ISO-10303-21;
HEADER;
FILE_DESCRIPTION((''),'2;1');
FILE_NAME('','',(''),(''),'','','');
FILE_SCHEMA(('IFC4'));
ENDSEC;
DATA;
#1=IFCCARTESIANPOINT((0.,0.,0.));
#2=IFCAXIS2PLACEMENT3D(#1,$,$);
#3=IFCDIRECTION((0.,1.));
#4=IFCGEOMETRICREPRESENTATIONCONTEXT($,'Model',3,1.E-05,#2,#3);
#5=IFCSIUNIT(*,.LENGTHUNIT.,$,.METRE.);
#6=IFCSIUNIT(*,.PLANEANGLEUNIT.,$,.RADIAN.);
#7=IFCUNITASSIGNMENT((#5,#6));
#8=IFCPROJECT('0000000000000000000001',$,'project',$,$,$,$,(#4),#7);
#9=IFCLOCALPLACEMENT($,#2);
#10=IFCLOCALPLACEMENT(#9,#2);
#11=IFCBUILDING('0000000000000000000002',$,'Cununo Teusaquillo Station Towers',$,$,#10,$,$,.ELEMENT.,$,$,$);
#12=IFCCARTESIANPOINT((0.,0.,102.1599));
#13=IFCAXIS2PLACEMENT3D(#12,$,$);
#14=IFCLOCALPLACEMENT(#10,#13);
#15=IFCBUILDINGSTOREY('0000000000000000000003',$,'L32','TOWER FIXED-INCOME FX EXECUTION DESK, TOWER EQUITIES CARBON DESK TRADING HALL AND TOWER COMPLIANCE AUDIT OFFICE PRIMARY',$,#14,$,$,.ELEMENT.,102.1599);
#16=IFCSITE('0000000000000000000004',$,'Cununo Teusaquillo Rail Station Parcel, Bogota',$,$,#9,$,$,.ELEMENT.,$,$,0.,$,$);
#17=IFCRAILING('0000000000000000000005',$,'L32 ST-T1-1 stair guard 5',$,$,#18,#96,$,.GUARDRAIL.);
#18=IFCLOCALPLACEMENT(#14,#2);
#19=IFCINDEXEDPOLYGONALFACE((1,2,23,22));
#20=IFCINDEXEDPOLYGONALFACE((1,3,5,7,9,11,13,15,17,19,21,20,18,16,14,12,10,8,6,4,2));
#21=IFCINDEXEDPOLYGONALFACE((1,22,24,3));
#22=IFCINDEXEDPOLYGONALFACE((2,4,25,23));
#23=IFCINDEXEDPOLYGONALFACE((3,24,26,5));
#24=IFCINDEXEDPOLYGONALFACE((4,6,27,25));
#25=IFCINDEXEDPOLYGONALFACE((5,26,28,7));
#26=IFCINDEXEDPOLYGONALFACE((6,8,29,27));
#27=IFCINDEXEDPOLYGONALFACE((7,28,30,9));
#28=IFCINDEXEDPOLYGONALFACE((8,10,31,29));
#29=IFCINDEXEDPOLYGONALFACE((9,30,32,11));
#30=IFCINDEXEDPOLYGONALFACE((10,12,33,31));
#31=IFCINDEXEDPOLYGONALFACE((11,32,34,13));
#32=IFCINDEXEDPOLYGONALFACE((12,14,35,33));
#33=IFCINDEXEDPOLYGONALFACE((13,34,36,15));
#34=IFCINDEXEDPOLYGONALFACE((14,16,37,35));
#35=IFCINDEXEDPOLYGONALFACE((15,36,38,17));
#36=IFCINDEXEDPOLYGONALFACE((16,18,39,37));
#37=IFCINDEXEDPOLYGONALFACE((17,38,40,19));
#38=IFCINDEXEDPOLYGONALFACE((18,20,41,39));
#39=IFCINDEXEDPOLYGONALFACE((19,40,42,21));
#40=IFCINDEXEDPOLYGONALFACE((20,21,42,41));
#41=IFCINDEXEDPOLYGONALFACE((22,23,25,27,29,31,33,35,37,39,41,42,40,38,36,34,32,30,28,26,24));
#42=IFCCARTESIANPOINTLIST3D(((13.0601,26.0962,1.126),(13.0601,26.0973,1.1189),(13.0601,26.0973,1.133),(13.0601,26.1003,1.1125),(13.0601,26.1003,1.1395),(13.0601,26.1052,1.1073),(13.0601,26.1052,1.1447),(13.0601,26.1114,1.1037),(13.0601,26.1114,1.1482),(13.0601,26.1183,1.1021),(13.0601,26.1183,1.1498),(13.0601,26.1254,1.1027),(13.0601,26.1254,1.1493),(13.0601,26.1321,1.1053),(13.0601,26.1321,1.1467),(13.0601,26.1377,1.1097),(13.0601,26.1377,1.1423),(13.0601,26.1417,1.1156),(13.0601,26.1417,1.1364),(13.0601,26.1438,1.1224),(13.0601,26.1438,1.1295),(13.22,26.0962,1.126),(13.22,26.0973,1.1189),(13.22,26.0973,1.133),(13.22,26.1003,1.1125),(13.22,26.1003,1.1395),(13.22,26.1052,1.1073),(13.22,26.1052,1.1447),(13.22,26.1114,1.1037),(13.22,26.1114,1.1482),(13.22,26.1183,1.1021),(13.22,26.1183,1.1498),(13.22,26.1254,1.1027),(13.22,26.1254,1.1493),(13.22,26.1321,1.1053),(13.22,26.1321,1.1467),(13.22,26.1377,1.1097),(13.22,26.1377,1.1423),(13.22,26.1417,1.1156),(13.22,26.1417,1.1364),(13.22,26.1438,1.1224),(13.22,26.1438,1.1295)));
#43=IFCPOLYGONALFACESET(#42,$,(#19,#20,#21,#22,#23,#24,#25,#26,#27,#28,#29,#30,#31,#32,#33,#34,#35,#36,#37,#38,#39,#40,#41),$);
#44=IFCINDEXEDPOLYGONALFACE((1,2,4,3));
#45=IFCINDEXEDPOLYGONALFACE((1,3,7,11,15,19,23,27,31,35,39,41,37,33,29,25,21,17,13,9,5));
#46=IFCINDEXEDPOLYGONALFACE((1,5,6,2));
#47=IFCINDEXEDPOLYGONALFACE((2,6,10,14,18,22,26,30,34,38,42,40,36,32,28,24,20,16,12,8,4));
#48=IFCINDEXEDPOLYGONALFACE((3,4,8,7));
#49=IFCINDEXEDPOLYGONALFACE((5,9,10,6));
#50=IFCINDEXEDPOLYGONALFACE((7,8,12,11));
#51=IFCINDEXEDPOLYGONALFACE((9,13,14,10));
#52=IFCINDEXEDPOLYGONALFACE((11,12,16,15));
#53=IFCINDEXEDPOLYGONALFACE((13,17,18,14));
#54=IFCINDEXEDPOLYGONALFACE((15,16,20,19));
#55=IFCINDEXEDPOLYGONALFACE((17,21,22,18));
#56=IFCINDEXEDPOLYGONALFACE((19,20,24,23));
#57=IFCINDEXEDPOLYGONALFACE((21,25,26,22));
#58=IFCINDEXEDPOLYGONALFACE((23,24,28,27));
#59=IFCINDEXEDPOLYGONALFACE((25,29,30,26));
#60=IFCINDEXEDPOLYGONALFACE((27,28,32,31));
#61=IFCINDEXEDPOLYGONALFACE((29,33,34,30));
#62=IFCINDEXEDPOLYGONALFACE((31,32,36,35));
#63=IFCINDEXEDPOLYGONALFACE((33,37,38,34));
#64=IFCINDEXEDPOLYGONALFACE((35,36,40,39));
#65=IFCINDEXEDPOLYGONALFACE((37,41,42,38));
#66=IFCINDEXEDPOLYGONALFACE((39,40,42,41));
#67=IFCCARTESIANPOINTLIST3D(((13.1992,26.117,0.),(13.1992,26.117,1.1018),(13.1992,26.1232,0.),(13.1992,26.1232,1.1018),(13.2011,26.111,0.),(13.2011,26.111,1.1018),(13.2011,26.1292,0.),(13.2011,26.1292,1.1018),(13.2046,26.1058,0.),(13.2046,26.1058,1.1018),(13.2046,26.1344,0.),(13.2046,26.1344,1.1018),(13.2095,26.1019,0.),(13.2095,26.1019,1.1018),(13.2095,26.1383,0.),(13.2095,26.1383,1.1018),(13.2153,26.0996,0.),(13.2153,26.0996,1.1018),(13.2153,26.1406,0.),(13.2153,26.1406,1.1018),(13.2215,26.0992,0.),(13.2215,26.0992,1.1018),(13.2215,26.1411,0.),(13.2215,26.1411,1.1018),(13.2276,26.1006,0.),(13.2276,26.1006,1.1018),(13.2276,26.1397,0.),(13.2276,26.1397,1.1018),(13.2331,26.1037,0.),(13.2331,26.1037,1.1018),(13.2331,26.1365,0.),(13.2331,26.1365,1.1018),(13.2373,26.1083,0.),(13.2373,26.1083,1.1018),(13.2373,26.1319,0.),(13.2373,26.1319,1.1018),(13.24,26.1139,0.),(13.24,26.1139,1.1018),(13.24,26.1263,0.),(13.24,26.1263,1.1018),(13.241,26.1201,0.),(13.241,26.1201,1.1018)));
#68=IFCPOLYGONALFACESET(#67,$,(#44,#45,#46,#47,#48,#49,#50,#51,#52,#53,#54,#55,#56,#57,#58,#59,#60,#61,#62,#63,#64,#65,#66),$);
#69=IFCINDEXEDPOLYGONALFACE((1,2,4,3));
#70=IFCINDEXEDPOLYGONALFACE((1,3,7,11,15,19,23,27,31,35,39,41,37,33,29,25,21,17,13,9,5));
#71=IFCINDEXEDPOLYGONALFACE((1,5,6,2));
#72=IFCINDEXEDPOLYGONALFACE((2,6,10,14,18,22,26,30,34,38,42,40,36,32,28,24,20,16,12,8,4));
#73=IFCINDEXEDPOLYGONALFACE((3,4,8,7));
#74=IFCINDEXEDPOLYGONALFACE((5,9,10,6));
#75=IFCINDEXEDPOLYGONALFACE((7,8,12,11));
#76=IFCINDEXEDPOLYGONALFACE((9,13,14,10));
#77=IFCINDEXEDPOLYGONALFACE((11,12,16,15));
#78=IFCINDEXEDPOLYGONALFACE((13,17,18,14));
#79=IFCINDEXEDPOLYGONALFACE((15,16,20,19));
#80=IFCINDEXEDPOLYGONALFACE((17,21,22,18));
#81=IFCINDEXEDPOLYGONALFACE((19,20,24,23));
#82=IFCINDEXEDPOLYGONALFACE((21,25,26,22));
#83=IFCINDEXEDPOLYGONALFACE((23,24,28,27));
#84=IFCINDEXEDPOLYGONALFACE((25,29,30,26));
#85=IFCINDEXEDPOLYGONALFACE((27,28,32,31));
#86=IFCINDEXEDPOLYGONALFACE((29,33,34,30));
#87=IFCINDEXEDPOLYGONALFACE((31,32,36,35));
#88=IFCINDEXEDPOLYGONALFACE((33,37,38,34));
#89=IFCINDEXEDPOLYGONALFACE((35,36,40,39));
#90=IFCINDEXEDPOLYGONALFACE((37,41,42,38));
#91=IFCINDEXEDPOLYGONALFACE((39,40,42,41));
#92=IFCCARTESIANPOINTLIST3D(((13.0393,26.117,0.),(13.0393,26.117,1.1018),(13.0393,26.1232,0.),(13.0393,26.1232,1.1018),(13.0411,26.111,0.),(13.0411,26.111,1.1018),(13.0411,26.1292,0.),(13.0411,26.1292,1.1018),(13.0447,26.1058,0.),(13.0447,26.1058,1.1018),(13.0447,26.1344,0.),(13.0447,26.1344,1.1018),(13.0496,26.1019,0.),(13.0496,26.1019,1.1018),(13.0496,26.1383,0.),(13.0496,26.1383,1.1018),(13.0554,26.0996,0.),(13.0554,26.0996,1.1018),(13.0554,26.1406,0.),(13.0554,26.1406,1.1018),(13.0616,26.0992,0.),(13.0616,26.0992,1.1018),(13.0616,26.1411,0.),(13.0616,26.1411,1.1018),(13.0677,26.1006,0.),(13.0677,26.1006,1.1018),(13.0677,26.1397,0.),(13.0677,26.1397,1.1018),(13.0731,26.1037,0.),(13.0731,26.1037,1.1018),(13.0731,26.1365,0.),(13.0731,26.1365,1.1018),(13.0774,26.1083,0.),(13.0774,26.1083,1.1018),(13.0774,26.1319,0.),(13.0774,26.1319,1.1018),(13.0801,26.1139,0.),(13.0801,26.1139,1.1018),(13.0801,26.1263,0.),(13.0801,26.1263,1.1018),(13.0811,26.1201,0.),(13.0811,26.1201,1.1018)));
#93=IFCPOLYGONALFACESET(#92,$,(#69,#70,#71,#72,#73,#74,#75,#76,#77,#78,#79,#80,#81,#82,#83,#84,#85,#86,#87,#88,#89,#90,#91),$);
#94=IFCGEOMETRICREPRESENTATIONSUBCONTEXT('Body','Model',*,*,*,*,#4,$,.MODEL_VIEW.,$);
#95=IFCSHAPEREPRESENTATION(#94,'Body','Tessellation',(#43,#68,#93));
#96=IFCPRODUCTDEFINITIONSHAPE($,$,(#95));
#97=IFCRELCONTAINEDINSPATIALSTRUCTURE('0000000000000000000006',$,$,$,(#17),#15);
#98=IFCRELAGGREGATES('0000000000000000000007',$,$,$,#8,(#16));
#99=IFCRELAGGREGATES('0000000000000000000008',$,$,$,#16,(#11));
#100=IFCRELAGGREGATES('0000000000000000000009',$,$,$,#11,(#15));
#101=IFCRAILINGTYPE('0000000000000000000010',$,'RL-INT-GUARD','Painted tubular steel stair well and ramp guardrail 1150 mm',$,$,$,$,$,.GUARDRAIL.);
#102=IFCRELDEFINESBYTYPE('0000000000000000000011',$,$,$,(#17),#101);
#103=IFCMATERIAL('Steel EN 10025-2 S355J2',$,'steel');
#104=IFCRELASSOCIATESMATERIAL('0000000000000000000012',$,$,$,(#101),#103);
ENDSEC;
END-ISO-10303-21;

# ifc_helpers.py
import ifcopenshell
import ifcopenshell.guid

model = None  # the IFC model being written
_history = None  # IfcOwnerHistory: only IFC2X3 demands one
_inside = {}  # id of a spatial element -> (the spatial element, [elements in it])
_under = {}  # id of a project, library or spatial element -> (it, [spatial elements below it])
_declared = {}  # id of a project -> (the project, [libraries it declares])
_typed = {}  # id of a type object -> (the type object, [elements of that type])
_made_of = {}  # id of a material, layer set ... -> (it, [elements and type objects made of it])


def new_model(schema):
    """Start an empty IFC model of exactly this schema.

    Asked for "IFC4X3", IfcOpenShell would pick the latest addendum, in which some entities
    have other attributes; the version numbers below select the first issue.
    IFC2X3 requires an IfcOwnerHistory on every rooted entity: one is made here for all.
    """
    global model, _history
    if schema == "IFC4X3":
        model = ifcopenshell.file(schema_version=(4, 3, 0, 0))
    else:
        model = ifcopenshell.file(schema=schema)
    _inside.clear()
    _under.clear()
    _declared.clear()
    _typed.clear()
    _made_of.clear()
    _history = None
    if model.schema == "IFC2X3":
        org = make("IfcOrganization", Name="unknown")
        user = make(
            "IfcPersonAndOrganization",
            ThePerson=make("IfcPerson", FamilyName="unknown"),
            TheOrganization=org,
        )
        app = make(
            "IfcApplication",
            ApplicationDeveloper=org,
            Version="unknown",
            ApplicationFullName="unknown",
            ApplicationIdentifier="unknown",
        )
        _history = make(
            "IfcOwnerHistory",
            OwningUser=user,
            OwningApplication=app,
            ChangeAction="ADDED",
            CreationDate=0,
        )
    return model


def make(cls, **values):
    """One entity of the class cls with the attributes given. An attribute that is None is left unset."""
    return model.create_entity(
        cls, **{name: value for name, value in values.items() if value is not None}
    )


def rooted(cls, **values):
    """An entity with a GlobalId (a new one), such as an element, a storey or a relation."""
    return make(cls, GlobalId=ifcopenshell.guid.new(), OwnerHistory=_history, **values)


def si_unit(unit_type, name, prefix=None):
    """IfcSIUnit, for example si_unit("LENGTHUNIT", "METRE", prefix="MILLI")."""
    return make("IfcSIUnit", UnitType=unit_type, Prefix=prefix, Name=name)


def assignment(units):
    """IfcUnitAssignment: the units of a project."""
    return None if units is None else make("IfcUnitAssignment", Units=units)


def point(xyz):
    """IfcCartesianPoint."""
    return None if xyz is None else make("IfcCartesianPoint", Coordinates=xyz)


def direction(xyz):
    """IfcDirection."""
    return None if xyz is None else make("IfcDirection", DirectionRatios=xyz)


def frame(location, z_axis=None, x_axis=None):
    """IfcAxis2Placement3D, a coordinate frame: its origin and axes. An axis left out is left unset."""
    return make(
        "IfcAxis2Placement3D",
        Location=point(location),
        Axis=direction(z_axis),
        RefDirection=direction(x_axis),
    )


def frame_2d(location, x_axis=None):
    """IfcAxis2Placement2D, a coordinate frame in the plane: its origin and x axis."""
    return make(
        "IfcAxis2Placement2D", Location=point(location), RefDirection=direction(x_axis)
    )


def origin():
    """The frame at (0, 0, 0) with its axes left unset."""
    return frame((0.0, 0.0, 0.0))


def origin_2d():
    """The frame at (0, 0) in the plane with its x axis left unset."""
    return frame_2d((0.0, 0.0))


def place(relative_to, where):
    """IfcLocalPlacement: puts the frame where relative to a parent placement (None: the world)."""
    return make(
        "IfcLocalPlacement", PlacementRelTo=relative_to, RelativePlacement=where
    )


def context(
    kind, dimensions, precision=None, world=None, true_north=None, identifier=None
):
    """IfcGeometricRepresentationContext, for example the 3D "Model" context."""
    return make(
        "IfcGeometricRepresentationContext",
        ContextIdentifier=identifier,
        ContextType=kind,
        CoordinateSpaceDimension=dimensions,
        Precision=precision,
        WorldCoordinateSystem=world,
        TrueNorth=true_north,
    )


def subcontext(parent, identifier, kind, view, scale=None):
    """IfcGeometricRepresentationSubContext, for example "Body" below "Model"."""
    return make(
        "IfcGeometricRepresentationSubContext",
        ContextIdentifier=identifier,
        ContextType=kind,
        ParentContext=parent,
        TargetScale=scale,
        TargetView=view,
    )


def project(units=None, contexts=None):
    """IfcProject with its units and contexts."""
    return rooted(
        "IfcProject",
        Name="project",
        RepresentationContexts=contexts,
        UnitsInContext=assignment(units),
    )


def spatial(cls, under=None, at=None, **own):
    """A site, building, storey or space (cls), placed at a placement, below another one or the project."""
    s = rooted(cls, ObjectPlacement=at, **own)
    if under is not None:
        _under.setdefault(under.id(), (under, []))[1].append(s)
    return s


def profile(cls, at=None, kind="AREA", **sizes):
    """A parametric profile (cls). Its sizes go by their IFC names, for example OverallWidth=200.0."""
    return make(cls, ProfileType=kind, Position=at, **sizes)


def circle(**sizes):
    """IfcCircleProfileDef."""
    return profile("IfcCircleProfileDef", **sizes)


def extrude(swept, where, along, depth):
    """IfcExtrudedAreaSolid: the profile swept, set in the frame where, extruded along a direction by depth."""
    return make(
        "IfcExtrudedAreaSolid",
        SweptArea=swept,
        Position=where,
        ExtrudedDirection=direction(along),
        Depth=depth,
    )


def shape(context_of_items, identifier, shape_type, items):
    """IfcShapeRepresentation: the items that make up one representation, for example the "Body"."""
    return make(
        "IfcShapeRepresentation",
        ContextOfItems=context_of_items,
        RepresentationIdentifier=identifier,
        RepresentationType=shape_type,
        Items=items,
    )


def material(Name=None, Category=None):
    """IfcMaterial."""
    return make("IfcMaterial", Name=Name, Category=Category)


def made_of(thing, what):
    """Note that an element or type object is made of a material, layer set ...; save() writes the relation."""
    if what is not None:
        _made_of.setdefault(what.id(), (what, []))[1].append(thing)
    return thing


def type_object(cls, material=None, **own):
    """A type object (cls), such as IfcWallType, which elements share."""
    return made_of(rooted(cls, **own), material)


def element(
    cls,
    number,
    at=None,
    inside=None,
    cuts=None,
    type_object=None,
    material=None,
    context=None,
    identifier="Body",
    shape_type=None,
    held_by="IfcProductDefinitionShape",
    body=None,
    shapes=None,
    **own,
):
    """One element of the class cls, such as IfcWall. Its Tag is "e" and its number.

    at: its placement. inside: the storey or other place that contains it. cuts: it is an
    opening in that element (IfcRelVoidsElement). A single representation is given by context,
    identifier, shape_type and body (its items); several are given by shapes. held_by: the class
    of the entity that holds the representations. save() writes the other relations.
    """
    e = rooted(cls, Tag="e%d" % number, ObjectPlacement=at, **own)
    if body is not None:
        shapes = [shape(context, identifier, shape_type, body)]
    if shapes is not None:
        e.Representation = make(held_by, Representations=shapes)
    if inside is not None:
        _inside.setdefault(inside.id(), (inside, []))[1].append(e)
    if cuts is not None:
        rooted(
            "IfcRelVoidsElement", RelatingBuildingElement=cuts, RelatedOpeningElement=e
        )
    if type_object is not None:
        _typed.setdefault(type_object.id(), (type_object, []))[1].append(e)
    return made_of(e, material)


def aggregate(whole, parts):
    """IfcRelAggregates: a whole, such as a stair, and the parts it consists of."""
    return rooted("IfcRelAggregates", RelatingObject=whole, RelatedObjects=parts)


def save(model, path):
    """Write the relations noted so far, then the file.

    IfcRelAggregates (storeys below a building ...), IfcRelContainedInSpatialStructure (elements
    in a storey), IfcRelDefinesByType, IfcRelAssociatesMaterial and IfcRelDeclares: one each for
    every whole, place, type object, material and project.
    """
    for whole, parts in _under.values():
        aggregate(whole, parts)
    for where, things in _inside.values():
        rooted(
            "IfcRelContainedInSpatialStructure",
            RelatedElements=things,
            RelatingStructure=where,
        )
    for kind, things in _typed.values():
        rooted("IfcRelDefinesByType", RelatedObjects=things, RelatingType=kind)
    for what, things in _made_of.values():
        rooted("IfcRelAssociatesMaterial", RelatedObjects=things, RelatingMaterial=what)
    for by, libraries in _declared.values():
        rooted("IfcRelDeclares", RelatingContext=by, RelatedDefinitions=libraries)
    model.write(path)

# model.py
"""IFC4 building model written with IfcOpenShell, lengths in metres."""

from ifc_helpers import new_model, si_unit, direction, frame, origin, origin_2d, place, context, subcontext, project, spatial, circle, extrude, material, type_object, element, save


model = new_model("IFC4")

# Units and contexts
model_context = context("Model", 3, precision=1e-05, world=origin(), true_north=direction((0.0, 1.0)))
body_context = subcontext(model_context, "Body", "Model", "MODEL_VIEW")
ifc_project = project(units=[si_unit("LENGTHUNIT", "METRE"), si_unit("PLANEANGLEUNIT", "RADIAN")], contexts=[model_context])

# Site, building, storey
site_placement = place(None, origin())
site = spatial("IfcSite", under=ifc_project, at=site_placement, Name="Cununo Teusaquillo Rail Station Parcel, Bogota", CompositionType="ELEMENT", RefElevation=0.0)
building_placement = place(site_placement, origin())
building = spatial("IfcBuilding", under=site, at=building_placement, Name="Cununo Teusaquillo Station Towers", CompositionType="ELEMENT")
storey_placement = place(building_placement, frame((0.0, 0.0, 102.1599)))
storey = spatial("IfcBuildingStorey", under=building, at=storey_placement, Name="L32", Description="TOWER FIXED-INCOME FX EXECUTION DESK, TOWER EQUITIES CARBON DESK TRADING HALL AND TOWER COMPLIANCE AUDIT OFFICE PRIMARY", CompositionType="ELEMENT", Elevation=102.1599)

# Railing
ifc_material_1 = material(Name="Steel EN 10025-2 S355J2", Category="steel")
railing_type_1 = type_object("IfcRailingType", Name="RL-INT-GUARD", Description="Painted tubular steel stair well and ramp guardrail 1150 mm", PredefinedType="GUARDRAIL", material=ifc_material_1)
railing_1_placement = place(storey_placement, frame((13.22, 26.1201, 0.0)))
element("IfcRailing", 1, at=railing_1_placement, inside=storey, type_object=railing_type_1, Name="L32 ST-T1-1 stair guard 5", PredefinedType="GUARDRAIL", context=body_context, shape_type="SweptSolid", body=[
    extrude(circle(Radius=0.0239, at=origin_2d()), frame((0.0, 0.0, 1.126), z_axis=(-1.0, 0.0, 0.0), x_axis=(0.0, -1.0, 0.0)), (0.0, 0.0, 1.0), 0.1599),
    extrude(circle(Radius=0.021, at=origin_2d()), origin(), (0.0, 0.0, 1.0), 1.1018),
    extrude(circle(Radius=0.021, at=origin_2d()), frame((-0.1599, 0.0, 0.0)), (0.0, 0.0, 1.0), 1.1018),
])

save(model, "model.ifc")
